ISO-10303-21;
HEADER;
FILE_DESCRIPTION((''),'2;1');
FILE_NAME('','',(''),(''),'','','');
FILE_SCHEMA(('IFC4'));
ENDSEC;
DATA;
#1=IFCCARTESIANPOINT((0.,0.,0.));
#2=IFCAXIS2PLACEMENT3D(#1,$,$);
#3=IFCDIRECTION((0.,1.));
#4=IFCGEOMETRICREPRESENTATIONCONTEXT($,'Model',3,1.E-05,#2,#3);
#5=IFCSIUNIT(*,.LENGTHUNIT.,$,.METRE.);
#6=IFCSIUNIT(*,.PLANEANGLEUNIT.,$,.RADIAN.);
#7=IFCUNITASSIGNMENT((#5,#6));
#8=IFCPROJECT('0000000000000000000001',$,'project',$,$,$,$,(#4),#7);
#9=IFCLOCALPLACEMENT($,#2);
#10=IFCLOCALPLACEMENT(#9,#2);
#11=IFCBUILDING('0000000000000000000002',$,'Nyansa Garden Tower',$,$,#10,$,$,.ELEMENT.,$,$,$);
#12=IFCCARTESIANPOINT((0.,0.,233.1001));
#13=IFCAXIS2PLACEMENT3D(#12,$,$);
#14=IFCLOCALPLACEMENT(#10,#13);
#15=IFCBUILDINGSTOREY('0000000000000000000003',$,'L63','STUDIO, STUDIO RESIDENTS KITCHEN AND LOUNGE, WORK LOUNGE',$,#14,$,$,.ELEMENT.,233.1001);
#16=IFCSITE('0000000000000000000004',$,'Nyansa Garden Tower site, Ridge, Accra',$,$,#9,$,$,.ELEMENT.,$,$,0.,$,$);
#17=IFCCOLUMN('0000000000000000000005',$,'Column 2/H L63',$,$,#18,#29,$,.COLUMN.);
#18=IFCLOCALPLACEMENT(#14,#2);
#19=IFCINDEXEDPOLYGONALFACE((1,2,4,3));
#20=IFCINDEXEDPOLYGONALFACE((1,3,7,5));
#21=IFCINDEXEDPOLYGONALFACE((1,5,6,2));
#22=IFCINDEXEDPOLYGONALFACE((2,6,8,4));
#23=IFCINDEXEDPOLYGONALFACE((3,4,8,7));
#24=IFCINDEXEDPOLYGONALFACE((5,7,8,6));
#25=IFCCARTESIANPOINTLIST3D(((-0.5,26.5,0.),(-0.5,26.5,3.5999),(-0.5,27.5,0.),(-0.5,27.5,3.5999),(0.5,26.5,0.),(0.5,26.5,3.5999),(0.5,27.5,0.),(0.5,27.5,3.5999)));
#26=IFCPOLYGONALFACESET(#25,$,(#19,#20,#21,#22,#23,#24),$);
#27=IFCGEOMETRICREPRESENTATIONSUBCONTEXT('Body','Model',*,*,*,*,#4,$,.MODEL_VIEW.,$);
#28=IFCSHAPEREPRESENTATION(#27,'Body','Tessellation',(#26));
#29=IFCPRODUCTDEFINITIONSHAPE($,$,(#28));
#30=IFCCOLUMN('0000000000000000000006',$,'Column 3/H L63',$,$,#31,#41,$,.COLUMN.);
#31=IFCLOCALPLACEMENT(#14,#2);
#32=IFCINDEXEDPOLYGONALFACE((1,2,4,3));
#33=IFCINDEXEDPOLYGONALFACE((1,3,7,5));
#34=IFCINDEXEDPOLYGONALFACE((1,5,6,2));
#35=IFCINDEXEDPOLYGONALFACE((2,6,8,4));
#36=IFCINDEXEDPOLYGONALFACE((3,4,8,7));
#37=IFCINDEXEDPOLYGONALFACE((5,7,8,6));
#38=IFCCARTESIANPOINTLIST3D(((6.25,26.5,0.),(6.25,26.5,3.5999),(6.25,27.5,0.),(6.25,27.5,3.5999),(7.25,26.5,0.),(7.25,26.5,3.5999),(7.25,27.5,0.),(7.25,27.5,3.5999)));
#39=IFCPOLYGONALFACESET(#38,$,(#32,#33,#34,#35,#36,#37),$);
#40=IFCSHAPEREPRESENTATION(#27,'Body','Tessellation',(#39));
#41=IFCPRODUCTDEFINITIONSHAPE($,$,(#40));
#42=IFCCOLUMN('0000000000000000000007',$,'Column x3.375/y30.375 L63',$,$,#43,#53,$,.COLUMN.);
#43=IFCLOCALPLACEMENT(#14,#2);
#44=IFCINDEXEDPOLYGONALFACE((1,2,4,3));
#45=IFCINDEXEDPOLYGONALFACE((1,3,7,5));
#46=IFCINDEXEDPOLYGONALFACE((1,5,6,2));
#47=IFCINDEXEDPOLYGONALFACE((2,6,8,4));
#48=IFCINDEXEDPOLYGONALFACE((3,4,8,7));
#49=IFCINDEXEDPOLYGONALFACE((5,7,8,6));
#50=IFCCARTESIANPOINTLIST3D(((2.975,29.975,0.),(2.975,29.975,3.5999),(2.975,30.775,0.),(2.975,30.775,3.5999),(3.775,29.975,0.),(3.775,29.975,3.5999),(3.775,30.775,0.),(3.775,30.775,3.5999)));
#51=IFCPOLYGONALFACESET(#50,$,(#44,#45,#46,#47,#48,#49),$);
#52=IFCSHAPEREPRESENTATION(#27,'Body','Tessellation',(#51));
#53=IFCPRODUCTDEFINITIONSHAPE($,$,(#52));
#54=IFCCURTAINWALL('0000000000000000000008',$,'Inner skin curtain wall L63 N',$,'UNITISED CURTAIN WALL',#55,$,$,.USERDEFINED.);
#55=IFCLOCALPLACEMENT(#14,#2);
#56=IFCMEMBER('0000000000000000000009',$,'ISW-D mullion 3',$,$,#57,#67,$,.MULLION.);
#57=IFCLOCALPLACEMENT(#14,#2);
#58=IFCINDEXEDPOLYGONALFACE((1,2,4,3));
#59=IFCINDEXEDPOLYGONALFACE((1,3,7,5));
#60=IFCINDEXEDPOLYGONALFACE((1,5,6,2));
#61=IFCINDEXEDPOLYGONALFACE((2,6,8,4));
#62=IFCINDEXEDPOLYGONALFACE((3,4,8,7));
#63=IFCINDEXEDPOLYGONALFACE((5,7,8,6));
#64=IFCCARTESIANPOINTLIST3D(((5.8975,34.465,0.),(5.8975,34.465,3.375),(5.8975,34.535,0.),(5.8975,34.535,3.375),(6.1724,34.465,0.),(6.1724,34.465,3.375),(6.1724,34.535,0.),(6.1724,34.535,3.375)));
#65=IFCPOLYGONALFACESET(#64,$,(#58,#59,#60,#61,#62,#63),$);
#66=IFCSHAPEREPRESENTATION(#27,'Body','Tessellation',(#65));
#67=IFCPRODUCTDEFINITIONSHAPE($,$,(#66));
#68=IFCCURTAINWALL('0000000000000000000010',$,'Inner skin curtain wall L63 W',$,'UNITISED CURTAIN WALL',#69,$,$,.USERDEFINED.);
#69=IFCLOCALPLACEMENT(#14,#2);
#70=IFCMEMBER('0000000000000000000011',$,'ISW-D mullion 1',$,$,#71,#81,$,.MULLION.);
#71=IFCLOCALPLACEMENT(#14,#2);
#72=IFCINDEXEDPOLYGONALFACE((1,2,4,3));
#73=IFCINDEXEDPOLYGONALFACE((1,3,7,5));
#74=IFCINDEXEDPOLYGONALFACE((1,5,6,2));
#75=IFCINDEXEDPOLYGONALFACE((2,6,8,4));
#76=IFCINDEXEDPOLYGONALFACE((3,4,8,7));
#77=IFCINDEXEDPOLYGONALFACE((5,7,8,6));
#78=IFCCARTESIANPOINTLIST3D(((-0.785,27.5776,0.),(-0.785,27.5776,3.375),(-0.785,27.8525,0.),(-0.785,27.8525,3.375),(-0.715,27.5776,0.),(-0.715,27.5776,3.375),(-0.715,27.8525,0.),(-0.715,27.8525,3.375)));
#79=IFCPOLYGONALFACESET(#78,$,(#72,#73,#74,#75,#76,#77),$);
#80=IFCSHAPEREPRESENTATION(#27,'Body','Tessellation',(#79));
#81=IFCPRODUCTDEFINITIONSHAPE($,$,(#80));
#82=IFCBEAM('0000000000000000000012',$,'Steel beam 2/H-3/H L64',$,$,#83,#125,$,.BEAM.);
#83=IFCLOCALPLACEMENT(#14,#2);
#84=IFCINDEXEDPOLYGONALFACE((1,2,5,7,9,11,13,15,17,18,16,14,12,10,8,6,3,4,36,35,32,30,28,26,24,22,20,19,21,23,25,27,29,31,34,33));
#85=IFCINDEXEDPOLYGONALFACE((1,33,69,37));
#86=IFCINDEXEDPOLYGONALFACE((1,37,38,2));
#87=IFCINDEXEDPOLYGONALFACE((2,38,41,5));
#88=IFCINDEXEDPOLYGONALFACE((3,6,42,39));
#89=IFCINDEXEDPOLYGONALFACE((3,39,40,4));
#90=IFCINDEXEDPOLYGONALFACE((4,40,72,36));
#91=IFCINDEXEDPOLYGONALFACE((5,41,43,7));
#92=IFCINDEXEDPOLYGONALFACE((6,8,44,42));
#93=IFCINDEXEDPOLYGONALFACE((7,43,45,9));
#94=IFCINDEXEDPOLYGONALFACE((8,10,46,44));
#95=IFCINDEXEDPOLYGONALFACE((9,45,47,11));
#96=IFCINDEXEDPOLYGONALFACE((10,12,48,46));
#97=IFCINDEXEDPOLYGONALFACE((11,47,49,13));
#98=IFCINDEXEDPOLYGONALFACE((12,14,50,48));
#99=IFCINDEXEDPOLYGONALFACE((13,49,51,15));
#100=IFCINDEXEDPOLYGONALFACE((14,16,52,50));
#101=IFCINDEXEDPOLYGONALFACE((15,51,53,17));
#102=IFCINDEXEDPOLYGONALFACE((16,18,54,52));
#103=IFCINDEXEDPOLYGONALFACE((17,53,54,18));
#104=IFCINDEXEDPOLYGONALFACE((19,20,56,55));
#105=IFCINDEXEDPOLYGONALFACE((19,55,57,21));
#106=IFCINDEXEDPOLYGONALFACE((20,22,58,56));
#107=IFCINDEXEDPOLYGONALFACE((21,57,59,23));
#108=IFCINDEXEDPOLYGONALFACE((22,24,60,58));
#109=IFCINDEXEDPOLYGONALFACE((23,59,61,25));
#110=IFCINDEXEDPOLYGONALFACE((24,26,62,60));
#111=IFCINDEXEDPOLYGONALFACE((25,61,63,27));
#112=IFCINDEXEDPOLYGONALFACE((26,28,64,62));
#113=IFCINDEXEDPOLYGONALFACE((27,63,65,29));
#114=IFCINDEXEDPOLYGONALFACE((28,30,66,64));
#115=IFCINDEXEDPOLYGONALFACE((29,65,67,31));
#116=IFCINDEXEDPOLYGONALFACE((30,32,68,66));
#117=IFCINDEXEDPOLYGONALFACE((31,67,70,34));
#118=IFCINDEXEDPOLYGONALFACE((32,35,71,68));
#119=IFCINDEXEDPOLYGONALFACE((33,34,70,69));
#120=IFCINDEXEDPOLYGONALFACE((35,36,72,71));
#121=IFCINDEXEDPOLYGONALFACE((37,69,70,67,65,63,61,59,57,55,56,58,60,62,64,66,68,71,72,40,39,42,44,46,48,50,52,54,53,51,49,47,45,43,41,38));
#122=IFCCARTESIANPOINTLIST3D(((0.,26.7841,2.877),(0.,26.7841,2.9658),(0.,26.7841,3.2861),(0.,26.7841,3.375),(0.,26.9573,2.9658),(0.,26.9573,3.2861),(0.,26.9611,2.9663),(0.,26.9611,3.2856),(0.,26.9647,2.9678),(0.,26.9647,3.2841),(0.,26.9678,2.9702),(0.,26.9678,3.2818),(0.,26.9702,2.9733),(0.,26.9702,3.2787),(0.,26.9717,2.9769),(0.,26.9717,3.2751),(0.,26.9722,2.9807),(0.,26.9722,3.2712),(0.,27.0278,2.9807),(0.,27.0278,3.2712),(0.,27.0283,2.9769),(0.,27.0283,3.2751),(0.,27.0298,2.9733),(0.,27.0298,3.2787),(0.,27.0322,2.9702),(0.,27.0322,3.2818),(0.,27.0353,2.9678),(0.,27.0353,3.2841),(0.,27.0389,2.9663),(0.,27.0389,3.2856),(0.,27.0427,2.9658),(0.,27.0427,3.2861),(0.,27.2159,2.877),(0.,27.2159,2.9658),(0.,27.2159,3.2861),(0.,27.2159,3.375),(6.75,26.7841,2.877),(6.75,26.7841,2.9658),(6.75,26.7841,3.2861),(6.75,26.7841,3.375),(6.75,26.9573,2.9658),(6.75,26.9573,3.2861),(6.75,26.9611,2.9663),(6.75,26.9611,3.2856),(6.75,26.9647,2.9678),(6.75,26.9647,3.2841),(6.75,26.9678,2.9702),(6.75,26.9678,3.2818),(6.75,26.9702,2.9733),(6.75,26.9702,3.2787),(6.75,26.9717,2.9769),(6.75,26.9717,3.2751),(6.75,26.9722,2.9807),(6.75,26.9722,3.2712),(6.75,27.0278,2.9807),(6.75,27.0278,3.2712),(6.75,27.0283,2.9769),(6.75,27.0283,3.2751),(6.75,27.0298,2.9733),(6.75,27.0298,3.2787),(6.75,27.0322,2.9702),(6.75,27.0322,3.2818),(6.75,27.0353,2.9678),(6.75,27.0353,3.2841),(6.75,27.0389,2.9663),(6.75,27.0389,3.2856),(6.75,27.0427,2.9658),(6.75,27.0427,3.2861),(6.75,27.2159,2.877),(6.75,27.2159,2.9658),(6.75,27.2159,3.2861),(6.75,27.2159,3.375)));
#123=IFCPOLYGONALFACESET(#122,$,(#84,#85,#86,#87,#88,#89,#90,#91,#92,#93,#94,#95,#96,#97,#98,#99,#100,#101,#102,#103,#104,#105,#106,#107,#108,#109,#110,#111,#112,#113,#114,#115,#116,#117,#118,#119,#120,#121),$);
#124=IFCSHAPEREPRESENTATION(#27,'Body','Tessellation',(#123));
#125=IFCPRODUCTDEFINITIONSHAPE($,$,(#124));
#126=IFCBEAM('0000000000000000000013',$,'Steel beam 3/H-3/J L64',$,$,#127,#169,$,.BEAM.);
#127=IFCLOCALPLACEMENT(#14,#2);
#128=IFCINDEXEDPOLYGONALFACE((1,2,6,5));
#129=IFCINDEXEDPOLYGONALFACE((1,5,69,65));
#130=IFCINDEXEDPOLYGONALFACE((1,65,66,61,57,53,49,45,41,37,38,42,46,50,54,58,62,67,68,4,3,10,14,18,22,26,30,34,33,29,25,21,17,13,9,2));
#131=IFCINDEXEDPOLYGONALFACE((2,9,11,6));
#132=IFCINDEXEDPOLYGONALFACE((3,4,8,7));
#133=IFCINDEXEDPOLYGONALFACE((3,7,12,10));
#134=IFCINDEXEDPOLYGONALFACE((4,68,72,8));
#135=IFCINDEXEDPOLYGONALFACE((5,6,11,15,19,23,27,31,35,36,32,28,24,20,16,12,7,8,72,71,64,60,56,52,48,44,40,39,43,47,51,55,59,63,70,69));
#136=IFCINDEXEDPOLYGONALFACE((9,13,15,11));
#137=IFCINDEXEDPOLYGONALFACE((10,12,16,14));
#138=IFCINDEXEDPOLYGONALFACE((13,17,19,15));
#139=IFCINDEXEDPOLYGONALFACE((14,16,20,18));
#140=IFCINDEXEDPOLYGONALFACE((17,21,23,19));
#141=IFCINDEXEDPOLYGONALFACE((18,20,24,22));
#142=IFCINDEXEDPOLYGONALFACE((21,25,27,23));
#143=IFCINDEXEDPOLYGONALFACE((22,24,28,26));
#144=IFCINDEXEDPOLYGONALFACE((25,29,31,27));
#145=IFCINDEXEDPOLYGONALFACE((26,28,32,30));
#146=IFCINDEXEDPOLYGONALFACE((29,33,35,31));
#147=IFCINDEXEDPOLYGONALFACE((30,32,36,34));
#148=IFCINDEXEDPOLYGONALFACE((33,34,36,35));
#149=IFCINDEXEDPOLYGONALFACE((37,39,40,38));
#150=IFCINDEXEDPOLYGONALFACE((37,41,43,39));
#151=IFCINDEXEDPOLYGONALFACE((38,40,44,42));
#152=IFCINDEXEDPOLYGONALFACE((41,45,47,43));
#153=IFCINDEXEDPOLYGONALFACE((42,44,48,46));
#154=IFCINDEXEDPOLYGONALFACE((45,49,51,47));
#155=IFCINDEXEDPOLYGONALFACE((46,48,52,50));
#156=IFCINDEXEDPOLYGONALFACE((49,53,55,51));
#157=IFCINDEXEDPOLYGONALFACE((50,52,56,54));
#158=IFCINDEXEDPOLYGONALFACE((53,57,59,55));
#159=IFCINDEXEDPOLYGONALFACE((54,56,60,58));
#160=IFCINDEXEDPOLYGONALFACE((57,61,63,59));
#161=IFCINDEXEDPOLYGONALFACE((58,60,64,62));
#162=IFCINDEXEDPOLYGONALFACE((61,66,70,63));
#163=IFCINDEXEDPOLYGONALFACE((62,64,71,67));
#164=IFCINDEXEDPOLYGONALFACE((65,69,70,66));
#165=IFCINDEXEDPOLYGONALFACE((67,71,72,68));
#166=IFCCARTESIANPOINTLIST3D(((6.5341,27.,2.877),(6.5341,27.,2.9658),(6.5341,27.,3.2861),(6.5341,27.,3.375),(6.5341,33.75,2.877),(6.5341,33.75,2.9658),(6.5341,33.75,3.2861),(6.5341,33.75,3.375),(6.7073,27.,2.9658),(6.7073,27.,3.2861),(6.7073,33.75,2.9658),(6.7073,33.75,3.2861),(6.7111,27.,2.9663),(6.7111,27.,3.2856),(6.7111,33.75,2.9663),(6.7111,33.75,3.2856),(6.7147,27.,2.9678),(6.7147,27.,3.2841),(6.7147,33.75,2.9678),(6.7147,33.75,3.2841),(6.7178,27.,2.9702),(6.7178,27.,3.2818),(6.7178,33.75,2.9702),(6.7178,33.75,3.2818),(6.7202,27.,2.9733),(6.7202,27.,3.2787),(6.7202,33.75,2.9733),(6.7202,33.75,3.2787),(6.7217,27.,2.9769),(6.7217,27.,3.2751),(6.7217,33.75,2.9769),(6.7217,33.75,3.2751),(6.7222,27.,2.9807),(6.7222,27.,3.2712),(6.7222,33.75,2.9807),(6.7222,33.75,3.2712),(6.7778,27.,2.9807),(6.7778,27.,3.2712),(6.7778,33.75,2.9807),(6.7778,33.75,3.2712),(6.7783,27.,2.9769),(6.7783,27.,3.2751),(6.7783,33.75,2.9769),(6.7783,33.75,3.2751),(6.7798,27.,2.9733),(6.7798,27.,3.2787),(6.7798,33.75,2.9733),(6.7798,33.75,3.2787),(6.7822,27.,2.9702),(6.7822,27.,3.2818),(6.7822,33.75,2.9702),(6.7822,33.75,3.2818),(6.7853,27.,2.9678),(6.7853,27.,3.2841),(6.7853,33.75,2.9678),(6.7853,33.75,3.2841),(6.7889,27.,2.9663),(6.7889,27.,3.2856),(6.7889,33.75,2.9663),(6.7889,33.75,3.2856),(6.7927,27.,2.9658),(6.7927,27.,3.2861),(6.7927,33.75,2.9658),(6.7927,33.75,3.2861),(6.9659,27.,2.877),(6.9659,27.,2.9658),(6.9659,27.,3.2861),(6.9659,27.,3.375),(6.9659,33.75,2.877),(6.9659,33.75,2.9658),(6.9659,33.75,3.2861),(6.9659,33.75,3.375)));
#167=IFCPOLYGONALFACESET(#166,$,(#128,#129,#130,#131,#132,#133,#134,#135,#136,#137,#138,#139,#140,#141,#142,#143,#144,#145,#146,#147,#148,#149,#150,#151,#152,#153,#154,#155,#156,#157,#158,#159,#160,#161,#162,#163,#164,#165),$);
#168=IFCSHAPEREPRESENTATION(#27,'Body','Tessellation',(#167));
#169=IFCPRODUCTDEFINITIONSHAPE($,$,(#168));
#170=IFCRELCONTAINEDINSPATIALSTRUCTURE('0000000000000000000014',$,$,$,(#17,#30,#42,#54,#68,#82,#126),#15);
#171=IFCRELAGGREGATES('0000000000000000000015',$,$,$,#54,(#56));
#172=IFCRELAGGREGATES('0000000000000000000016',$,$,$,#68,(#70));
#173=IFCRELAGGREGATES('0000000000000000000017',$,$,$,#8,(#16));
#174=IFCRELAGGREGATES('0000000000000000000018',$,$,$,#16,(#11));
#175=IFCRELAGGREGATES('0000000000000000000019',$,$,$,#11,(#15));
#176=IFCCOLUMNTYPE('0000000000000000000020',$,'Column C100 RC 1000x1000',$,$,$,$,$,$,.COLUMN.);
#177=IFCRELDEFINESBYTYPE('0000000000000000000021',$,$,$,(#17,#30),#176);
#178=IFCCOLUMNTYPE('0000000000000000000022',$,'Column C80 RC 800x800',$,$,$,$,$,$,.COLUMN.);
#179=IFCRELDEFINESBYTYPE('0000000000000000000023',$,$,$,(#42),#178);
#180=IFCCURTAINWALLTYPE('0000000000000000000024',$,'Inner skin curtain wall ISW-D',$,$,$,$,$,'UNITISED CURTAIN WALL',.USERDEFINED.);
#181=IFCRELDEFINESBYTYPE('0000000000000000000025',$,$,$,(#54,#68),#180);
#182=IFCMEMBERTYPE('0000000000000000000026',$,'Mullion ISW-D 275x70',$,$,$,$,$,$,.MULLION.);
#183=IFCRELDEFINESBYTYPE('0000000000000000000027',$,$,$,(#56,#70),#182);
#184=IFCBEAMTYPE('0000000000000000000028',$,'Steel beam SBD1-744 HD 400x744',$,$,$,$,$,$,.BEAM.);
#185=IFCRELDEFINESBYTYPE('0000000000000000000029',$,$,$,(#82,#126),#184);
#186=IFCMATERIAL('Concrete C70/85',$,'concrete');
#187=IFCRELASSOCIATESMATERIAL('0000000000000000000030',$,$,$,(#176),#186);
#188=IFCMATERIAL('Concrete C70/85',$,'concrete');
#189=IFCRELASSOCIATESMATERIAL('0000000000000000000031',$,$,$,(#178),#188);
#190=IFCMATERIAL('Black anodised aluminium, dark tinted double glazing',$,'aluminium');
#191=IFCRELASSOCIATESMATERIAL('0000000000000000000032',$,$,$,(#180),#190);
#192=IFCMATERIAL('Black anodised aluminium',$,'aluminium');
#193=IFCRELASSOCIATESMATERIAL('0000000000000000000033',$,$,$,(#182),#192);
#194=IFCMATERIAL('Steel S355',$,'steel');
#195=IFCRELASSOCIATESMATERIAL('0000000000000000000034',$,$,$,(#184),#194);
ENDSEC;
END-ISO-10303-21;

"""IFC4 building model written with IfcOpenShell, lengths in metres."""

from ifc_helpers import new_model, si_unit, direction, frame, origin, origin_2d, place, context, subcontext, project, spatial, rectangle, i_section, extrude, material, material_profile, profile_set, type_object, element, aggregate, save


model = new_model("IFC4")

# Units and contexts
model_context = context("Model", 3, precision=1e-05, world=origin(), true_north=direction((0.0, 1.0)))
body_context = subcontext(model_context, "Body", "Model", "MODEL_VIEW")
ifc_project = project(units=[si_unit("LENGTHUNIT", "METRE"), si_unit("PLANEANGLEUNIT", "RADIAN")], contexts=[model_context])

# Site, building, storey
site_placement = place(None, origin())
site = spatial("IfcSite", under=ifc_project, at=site_placement, Name="Nyansa Garden Tower site, Ridge, Accra", CompositionType="ELEMENT", RefElevation=0.0)
building_placement = place(site_placement, origin())
building = spatial("IfcBuilding", under=site, at=building_placement, Name="Nyansa Garden Tower", CompositionType="ELEMENT")
storey_placement = place(building_placement, frame((0.0, 0.0, 233.1001)))
storey = spatial("IfcBuildingStorey", under=building, at=storey_placement, Name="L63", Description="STUDIO, STUDIO RESIDENTS KITCHEN AND LOUNGE, WORK LOUNGE", CompositionType="ELEMENT", Elevation=233.1001)

# Columns
ifc_material_1 = material(Name="Concrete C70/85", Category="concrete")
ifc_material_profile_1 = material_profile(ifc_material_1, rectangle(XDim=1.0, YDim=1.0, at=origin_2d()), Name="RC 1000x1000")
ifc_profile_set_1 = profile_set([ifc_material_profile_1], Name="Concrete C70/85")
column_type_1 = type_object("IfcColumnType", Name="Column C100 RC 1000x1000", PredefinedType="COLUMN", material=ifc_profile_set_1)
for number, where, z_axis, x_axis, name in (
    (1, (0.0, 27.0, 0.0), (0.0, 0.0, 1.0), (1.0, 0.0, 0.0), "Column 2/H L63"),
    (2, (6.75, 27.0, 0.0), (0.0, 0.0, 1.0), (1.0, 0.0, 0.0), "Column 3/H L63"),
):
    element("IfcColumn", number, at=place(storey_placement, frame(where, z_axis=z_axis, x_axis=x_axis)), inside=storey, type_object=column_type_1, Name=name, PredefinedType="COLUMN", context=body_context, shape_type="SweptSolid", body=[
        extrude(rectangle(XDim=1.0, YDim=1.0, at=origin_2d()), origin(), (0.0, 0.0, 1.0), 3.5999),
    ])
ifc_material_2 = material(Name="Concrete C70/85", Category="concrete")
ifc_material_profile_2 = material_profile(ifc_material_2, rectangle(XDim=0.8, YDim=0.8, at=origin_2d()), Name="RC 800x800")
ifc_profile_set_2 = profile_set([ifc_material_profile_2], Name="Concrete C70/85")
column_type_2 = type_object("IfcColumnType", Name="Column C80 RC 800x800", PredefinedType="COLUMN", material=ifc_profile_set_2)
column_placement = place(storey_placement, frame((3.375, 30.375, 0.0), z_axis=(0.0, 0.0, 1.0), x_axis=(1.0, 0.0, 0.0)))
element("IfcColumn", 3, at=column_placement, inside=storey, type_object=column_type_2, Name="Column x3.375/y30.375 L63", PredefinedType="COLUMN", context=body_context, shape_type="SweptSolid", body=[
    extrude(rectangle(XDim=0.8, YDim=0.8, at=origin_2d()), origin(), (0.0, 0.0, 1.0), 3.5999),
])

# Curtain walls, members
ifc_material_3 = material(Name="Black anodised aluminium, dark tinted double glazing", Category="aluminium")
curtain_wall_type = type_object("IfcCurtainWallType", Name="Inner skin curtain wall ISW-D", ElementType="UNITISED CURTAIN WALL", PredefinedType="USERDEFINED", material=ifc_material_3)
curtain_wall_1_placement = place(storey_placement, origin())
curtain_wall_1 = element("IfcCurtainWall", 4, at=curtain_wall_1_placement, inside=storey, type_object=curtain_wall_type, Name="Inner skin curtain wall L63 N", ObjectType="UNITISED CURTAIN WALL", PredefinedType="USERDEFINED")
ifc_material_4 = material(Name="Black anodised aluminium", Category="aluminium")
ifc_material_profile_3 = material_profile(ifc_material_4, rectangle(XDim=0.0701, YDim=0.2749, at=origin_2d()), Name="Mullion 275x70")
ifc_profile_set_3 = profile_set([ifc_material_profile_3], Name="Black anodised aluminium")
member_type_1 = type_object("IfcMemberType", Name="Mullion ISW-D 275x70", PredefinedType="MULLION", material=ifc_profile_set_3)
member_1_placement = place(storey_placement, frame((6.0349, 34.5, 0.0), z_axis=(0.0, 0.0, 1.0), x_axis=(0.0, -1.0, 0.0)))
member_1 = element("IfcMember", 5, at=member_1_placement, type_object=member_type_1, Name="ISW-D mullion 3", PredefinedType="MULLION", context=body_context, shape_type="SweptSolid", body=[
    extrude(rectangle(XDim=0.0701, YDim=0.2749, at=origin_2d()), origin(), (0.0, 0.0, 1.0), 3.375),
])
aggregate(curtain_wall_1, [member_1])
curtain_wall_2_placement = place(storey_placement, origin())
curtain_wall_2 = element("IfcCurtainWall", 6, at=curtain_wall_2_placement, inside=storey, type_object=curtain_wall_type, Name="Inner skin curtain wall L63 W", ObjectType="UNITISED CURTAIN WALL", PredefinedType="USERDEFINED")
member_2_placement = place(storey_placement, frame((-0.75, 27.7151, 0.0), z_axis=(0.0, 0.0, 1.0), x_axis=(1.0, 0.0, 0.0)))
member_2 = element("IfcMember", 7, at=member_2_placement, type_object=member_type_1, Name="ISW-D mullion 1", PredefinedType="MULLION", context=body_context, shape_type="SweptSolid", body=[
    extrude(rectangle(XDim=0.0701, YDim=0.2749, at=origin_2d()), origin(), (0.0, 0.0, 1.0), 3.375),
])

# Beams
ifc_material_5 = material(Name="Steel S355", Category="steel")
ifc_material_profile_4 = material_profile(ifc_material_5, i_section(OverallWidth=0.4319, OverallDepth=0.498, WebThickness=0.0557, FlangeThickness=0.0889, FilletRadius=0.0149, at=origin_2d()), Name="HD 400x744")
ifc_profile_set_4 = profile_set([ifc_material_profile_4], Name="Steel S355")
beam_type_1 = type_object("IfcBeamType", Name="Steel beam SBD1-744 HD 400x744", PredefinedType="BEAM", material=ifc_profile_set_4)
for number, where, z_axis, x_axis, name in (
    (8, (0.0, 27.0, 3.126), (1.0, 0.0, 0.0), (0.0, 1.0, 0.0), "Steel beam 2/H-3/H L64"),
    (9, (6.75, 27.0, 3.126), (0.0, 1.0, 0.0), (-1.0, 0.0, 0.0), "Steel beam 3/H-3/J L64"),
):
    element("IfcBeam", number, at=place(storey_placement, frame(where, z_axis=z_axis, x_axis=x_axis)), inside=storey, type_object=beam_type_1, Name=name, PredefinedType="BEAM", context=body_context, shape_type="SweptSolid", body=[
        extrude(i_section(OverallWidth=0.4319, OverallDepth=0.498, WebThickness=0.0557, FlangeThickness=0.0889, FilletRadius=0.0149, at=origin_2d()), origin(), (0.0, 0.0, 1.0), 6.75),
    ])

aggregate(curtain_wall_2, [member_2])

save(model, "model.ifc")
